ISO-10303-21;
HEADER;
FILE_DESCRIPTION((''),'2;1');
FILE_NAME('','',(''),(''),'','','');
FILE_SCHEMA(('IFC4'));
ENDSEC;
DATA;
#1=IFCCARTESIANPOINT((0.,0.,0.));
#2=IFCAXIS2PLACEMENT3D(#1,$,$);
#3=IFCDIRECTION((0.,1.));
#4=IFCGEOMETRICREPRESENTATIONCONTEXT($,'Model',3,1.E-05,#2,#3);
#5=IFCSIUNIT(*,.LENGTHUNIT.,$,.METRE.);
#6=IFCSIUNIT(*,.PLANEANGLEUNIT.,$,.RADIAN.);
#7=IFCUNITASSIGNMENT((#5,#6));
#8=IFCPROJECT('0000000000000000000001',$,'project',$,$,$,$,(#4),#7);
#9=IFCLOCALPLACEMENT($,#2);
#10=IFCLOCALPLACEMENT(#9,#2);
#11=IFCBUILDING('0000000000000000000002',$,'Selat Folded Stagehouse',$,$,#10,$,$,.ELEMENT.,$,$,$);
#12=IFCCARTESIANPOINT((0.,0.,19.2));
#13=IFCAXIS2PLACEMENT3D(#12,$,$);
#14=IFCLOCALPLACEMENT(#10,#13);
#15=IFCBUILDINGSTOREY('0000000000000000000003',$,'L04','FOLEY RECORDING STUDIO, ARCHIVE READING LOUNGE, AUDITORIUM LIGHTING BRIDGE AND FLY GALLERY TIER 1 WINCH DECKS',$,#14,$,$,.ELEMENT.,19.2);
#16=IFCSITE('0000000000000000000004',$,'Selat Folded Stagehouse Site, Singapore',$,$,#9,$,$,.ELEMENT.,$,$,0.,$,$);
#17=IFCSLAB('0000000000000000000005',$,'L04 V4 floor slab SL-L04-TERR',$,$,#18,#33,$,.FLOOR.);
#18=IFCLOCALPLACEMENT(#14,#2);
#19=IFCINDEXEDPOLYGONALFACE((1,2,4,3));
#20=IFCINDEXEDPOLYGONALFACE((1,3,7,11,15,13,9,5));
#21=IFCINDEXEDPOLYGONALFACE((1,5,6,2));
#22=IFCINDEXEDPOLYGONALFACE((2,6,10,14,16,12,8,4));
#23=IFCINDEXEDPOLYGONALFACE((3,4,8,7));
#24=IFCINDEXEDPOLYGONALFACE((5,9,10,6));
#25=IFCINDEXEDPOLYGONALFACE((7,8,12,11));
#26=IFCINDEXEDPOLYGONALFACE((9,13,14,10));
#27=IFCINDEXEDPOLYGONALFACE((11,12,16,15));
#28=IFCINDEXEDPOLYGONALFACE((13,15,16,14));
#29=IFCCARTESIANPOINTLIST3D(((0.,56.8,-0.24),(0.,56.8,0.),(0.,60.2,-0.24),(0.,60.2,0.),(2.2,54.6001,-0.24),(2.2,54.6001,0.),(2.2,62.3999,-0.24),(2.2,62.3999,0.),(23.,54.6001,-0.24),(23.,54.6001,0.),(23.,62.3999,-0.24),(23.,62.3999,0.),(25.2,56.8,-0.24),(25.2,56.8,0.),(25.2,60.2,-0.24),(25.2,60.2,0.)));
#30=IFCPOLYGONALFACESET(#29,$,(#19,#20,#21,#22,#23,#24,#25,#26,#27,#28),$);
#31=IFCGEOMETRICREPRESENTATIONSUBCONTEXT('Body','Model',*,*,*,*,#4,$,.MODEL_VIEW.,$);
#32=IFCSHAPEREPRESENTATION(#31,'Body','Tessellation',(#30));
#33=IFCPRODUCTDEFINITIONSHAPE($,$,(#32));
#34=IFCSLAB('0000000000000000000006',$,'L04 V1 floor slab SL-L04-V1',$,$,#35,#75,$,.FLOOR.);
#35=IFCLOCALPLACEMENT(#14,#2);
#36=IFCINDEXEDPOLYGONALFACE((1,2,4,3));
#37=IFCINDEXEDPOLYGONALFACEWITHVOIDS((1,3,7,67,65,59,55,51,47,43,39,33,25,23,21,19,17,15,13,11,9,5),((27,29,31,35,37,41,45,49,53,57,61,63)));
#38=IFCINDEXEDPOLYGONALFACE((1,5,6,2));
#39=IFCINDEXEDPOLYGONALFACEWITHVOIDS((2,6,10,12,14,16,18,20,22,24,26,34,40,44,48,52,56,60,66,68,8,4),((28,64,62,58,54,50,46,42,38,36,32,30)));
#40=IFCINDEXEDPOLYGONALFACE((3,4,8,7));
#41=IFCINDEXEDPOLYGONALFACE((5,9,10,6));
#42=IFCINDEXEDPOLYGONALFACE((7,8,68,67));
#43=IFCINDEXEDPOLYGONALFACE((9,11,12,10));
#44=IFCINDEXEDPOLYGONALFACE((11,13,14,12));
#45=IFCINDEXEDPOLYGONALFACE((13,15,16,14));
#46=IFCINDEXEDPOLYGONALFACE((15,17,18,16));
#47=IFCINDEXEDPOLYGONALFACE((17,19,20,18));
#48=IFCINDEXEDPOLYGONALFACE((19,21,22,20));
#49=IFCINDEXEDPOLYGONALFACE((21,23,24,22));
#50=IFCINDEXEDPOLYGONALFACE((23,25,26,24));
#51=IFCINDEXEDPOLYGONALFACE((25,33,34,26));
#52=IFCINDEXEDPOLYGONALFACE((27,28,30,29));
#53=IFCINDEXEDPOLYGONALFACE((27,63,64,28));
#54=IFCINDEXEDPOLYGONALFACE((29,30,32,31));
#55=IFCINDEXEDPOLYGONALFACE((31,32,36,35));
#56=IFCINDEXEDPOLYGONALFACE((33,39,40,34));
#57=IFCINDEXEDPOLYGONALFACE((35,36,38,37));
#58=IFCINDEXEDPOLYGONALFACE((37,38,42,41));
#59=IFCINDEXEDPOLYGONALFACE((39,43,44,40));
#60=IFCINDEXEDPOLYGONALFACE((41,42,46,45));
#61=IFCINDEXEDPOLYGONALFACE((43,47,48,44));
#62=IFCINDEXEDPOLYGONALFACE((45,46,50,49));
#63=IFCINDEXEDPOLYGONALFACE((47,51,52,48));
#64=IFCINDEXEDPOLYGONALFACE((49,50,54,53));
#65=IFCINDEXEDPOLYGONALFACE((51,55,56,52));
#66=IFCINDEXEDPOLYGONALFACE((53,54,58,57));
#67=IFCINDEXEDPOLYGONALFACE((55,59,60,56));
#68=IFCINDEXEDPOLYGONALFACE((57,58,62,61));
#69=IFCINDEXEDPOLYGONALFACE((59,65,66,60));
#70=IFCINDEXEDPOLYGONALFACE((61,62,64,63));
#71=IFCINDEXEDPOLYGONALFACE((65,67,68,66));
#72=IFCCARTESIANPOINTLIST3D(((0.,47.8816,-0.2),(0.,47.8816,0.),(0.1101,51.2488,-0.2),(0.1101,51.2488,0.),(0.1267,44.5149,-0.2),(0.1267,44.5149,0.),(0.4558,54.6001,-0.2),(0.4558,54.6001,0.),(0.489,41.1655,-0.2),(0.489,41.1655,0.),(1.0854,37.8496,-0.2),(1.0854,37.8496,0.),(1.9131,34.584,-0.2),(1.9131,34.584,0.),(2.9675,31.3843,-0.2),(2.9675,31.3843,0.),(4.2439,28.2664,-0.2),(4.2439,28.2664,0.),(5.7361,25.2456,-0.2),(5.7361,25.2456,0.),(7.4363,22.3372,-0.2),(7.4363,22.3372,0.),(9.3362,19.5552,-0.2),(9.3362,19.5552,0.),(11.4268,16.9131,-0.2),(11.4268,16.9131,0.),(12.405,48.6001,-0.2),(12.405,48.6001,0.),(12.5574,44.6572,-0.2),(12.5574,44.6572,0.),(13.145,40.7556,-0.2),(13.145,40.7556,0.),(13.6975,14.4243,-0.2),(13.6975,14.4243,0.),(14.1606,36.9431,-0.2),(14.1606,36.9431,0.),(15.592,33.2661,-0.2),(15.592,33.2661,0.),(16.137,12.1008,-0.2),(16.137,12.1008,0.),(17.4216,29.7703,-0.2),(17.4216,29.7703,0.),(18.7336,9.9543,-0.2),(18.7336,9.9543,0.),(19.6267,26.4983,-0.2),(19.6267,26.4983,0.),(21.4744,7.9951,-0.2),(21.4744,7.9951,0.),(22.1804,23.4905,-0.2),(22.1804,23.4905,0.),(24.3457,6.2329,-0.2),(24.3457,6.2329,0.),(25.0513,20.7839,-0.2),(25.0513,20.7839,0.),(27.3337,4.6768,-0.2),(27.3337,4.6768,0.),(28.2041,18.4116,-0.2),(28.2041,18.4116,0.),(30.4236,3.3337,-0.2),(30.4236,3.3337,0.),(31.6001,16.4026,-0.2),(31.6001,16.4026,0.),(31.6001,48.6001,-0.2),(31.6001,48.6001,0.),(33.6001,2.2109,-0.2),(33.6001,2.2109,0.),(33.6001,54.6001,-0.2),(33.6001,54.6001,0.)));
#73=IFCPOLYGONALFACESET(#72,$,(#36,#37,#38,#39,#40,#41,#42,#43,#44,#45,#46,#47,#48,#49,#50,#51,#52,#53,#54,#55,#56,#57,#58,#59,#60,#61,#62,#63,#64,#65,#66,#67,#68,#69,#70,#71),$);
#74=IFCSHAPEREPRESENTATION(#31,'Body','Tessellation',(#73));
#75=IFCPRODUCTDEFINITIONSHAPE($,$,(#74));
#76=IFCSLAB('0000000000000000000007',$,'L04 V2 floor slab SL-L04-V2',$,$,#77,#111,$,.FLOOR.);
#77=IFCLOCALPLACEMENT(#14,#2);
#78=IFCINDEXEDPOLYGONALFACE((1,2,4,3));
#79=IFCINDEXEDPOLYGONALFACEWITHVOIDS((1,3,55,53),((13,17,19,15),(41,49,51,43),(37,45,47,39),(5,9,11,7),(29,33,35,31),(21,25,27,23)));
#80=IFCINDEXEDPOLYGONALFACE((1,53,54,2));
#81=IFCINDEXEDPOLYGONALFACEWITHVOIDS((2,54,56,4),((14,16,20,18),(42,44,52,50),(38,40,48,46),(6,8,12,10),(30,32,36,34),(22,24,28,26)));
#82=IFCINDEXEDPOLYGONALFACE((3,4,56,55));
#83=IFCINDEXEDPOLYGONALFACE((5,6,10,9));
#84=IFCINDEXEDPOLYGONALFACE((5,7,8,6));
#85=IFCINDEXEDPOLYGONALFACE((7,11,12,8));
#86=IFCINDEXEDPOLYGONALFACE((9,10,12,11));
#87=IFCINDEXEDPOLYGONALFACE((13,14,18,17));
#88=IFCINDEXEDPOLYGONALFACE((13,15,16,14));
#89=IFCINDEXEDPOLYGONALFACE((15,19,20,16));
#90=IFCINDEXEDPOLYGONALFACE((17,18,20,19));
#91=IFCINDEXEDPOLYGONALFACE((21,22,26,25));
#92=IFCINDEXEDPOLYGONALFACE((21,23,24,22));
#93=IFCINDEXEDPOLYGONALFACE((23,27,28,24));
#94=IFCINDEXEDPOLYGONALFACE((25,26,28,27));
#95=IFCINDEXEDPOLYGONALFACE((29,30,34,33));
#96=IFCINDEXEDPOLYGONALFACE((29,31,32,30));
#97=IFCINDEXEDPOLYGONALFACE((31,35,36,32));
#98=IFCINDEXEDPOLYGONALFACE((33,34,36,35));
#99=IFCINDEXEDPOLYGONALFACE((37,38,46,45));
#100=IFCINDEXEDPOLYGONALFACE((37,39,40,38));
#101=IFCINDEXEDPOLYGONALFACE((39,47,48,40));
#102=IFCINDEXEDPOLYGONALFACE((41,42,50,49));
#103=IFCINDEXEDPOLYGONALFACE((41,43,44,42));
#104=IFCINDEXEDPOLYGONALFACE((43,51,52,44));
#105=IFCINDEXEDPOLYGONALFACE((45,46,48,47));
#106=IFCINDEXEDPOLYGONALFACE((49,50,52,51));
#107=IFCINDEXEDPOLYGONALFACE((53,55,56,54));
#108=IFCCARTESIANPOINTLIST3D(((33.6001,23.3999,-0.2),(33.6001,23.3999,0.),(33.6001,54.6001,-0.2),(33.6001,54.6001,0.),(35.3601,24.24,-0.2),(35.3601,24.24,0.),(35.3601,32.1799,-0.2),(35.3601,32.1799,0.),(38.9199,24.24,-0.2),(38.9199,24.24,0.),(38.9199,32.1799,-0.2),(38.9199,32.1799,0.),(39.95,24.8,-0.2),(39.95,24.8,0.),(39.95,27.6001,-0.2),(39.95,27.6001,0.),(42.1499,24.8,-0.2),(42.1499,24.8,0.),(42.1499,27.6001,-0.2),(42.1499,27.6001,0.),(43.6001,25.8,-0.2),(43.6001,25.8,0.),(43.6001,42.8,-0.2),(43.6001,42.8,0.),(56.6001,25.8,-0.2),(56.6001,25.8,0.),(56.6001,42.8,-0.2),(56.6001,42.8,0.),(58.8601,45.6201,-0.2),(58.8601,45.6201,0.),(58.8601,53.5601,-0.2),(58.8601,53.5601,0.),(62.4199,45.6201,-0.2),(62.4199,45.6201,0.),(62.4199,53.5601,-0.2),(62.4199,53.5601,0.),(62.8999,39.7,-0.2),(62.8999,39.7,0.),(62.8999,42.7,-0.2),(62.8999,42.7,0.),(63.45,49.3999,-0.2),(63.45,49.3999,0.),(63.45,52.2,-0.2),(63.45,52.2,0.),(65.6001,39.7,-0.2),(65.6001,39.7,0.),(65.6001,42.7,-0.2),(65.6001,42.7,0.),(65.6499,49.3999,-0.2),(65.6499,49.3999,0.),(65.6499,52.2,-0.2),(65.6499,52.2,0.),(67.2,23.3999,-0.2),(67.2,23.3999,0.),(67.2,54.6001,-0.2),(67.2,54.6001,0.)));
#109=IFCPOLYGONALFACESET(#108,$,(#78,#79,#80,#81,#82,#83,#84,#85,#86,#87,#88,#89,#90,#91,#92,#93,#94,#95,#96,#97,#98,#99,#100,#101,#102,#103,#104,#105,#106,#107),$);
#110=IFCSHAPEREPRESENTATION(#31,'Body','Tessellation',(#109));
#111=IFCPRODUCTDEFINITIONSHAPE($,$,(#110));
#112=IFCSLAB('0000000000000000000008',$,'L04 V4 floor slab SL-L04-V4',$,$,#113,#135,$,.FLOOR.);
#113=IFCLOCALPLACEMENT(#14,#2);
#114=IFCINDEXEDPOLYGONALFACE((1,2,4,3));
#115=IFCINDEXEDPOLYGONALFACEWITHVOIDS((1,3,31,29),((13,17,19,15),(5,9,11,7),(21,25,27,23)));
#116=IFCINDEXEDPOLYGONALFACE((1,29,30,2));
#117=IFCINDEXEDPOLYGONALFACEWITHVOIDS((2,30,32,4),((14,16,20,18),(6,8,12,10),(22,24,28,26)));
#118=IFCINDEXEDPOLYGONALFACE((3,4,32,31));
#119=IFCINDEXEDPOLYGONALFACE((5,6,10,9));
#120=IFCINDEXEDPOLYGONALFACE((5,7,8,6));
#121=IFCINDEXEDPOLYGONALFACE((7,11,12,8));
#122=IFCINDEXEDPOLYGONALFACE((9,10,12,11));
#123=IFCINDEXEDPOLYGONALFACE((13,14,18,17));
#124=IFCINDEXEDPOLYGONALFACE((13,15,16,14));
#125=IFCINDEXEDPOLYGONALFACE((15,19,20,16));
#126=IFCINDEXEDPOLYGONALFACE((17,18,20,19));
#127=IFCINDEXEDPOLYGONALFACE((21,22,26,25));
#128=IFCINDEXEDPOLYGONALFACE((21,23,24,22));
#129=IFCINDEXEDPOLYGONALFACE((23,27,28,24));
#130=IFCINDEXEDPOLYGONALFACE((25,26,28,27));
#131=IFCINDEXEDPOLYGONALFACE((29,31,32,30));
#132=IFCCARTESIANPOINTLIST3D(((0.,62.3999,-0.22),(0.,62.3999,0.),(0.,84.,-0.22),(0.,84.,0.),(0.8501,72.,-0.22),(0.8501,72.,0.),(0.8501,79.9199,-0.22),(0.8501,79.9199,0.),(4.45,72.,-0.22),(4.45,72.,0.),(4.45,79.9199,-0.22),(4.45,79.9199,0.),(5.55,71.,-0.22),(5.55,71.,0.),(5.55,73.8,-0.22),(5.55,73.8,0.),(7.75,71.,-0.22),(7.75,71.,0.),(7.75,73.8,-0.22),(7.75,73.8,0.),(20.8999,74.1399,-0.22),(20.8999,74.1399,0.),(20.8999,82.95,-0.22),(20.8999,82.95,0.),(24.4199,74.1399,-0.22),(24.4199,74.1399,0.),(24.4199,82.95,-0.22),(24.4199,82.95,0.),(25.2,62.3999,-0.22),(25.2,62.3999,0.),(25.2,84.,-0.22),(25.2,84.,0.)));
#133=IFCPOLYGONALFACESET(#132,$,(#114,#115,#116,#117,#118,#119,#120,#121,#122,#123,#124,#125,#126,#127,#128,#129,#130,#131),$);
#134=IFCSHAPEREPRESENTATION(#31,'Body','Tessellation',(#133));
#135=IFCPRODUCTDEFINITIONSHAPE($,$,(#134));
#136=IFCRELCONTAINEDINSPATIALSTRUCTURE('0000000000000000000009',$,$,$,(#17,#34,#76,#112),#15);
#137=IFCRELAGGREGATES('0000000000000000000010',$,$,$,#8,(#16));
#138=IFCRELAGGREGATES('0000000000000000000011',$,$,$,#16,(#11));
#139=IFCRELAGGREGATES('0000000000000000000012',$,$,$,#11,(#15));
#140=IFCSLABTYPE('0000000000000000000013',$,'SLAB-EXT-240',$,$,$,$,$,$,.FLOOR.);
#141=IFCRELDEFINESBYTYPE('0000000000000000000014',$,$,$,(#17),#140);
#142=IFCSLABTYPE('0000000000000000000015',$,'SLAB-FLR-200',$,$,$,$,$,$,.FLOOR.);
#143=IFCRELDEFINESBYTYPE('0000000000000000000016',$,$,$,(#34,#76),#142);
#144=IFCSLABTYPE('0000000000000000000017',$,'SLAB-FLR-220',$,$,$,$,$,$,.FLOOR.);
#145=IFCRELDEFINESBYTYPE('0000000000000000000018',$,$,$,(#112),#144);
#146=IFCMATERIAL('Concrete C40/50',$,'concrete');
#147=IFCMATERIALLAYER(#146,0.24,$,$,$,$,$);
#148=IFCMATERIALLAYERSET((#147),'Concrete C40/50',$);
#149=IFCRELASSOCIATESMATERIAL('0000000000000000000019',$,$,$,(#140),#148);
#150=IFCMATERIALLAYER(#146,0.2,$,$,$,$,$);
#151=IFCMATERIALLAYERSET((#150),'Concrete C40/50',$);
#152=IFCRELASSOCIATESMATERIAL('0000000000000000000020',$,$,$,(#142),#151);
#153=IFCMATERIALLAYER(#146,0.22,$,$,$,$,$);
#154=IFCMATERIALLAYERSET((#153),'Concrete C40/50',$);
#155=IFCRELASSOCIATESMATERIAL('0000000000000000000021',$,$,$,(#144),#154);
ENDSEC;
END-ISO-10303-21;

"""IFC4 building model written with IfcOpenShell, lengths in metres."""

from ifc_helpers import new_model, si_unit, direction, frame, origin, place, context, subcontext, project, spatial, polyline, outline, extrude, material, layer, layer_set, type_object, element, save


model = new_model("IFC4")

# Units and contexts
model_context = context("Model", 3, precision=1e-05, world=origin(), true_north=direction((0.0, 1.0)))
body_context = subcontext(model_context, "Body", "Model", "MODEL_VIEW")
ifc_project = project(units=[si_unit("LENGTHUNIT", "METRE"), si_unit("PLANEANGLEUNIT", "RADIAN")], contexts=[model_context])

# Site, building, storey
site_placement = place(None, origin())
site = spatial("IfcSite", under=ifc_project, at=site_placement, Name="Selat Folded Stagehouse Site, Singapore", CompositionType="ELEMENT", RefElevation=0.0)
building_placement = place(site_placement, origin())
building = spatial("IfcBuilding", under=site, at=building_placement, Name="Selat Folded Stagehouse", CompositionType="ELEMENT")
storey_placement = place(building_placement, frame((0.0, 0.0, 19.2)))
storey = spatial("IfcBuildingStorey", under=building, at=storey_placement, Name="L04", Description="FOLEY RECORDING STUDIO, ARCHIVE READING LOUNGE, AUDITORIUM LIGHTING BRIDGE AND FLY GALLERY TIER 1 WINCH DECKS", CompositionType="ELEMENT", Elevation=19.2)

# Slabs
ifc_material_1 = material(Name="Concrete C40/50", Category="concrete")
ifc_layer_1 = layer(ifc_material_1, 0.24)
ifc_layer_set_1 = layer_set([ifc_layer_1], Name="Concrete C40/50")
slab_type_1 = type_object("IfcSlabType", Name="SLAB-EXT-240", PredefinedType="FLOOR", material=ifc_layer_set_1)
slab_1_placement = place(storey_placement, frame((0.0, 0.0, -0.24)))
element("IfcSlab", 1, at=slab_1_placement, inside=storey, type_object=slab_type_1, Name="L04 V4 floor slab SL-L04-TERR", PredefinedType="FLOOR", context=body_context, shape_type="SweptSolid", body=[
    extrude(outline(polyline([(2.2, 54.6001), (23.0, 54.6001), (25.2, 56.8), (25.2, 60.2), (23.0, 62.3999), (2.2, 62.3999), (0.0, 60.2), (0.0, 56.8), (2.2, 54.6001)])), origin(), (0.0, 0.0, 1.0), 0.24),
])
ifc_layer_2 = layer(ifc_material_1, 0.2)
ifc_layer_set_2 = layer_set([ifc_layer_2], Name="Concrete C40/50")
slab_type_2 = type_object("IfcSlabType", Name="SLAB-FLR-200", PredefinedType="FLOOR", material=ifc_layer_set_2)
slab_2_placement = place(storey_placement, frame((0.0, 0.0, -0.2)))
element("IfcSlab", 2, at=slab_2_placement, inside=storey, type_object=slab_type_2, Name="L04 V1 floor slab SL-L04-V1", PredefinedType="FLOOR", context=body_context, shape_type="SweptSolid", body=[
    extrude(outline(polyline([(0.4558, 54.6001), (0.1101, 51.2488), (0.0, 47.8816), (0.1267, 44.5149), (0.489, 41.1655), (1.0854, 37.8496), (1.9131, 34.584), (2.9675, 31.3843), (4.2439, 28.2664), (5.7361, 25.2456), (7.4363, 22.3372), (9.3362, 19.5552), (11.4268, 16.9131), (13.6975, 14.4243), (16.137, 12.1008), (18.7336, 9.9543), (21.4744, 7.9951), (24.3457, 6.2329), (27.3337, 4.6768), (30.4236, 3.3337), (33.6001, 2.2109), (33.6001, 54.6001), (0.4558, 54.6001)]), holes=[polyline([(31.6001, 48.6001), (31.6001, 16.4026), (28.2041, 18.4116), (25.0513, 20.7839), (22.1804, 23.4905), (19.6267, 26.4983), (17.4216, 29.7703), (15.592, 33.2661), (14.1606, 36.9431), (13.145, 40.7556), (12.5574, 44.6572), (12.405, 48.6001), (31.6001, 48.6001)])]), origin(), (0.0, 0.0, 1.0), 0.2),
])
slab_3_placement = place(storey_placement, frame((0.0, 0.0, -0.2)))
element("IfcSlab", 3, at=slab_3_placement, inside=storey, type_object=slab_type_2, Name="L04 V2 floor slab SL-L04-V2", PredefinedType="FLOOR", context=body_context, shape_type="SweptSolid", body=[
    extrude(outline(polyline([(33.6001, 23.3999), (67.2, 23.3999), (67.2, 54.6001), (33.6001, 54.6001), (33.6001, 23.3999)]), holes=[polyline([(39.95, 24.8), (39.95, 27.6001), (42.1499, 27.6001), (42.1499, 24.8), (39.95, 24.8)]), polyline([(35.3601, 32.1799), (38.9199, 32.1799), (38.9199, 24.24), (35.3601, 24.24), (35.3601, 32.1799)]), polyline([(43.6001, 25.8), (43.6001, 42.8), (56.6001, 42.8), (56.6001, 25.8), (43.6001, 25.8)]), polyline([(62.8999, 39.7), (62.8999, 42.7), (65.6001, 42.7), (65.6001, 39.7), (62.8999, 39.7)]), polyline([(58.8601, 53.5601), (62.4199, 53.5601), (62.4199, 45.6201), (58.8601, 45.6201), (58.8601, 53.5601)]), polyline([(63.45, 52.2), (65.6499, 52.2), (65.6499, 49.3999), (63.45, 49.3999), (63.45, 52.2)])]), origin(), (0.0, 0.0, 1.0), 0.2),
])
ifc_layer_3 = layer(ifc_material_1, 0.22)
ifc_layer_set_3 = layer_set([ifc_layer_3], Name="Concrete C40/50")
slab_type_3 = type_object("IfcSlabType", Name="SLAB-FLR-220", PredefinedType="FLOOR", material=ifc_layer_set_3)
slab_4_placement = place(storey_placement, frame((0.0, 0.0, -0.22)))
element("IfcSlab", 4, at=slab_4_placement, inside=storey, type_object=slab_type_3, Name="L04 V4 floor slab SL-L04-V4", PredefinedType="FLOOR", context=body_context, shape_type="SweptSolid", body=[
    extrude(outline(polyline([(0.0, 62.3999), (25.2, 62.3999), (25.2, 84.0), (0.0, 84.0), (0.0, 62.3999)]), holes=[polyline([(7.75, 71.0), (5.55, 71.0), (5.55, 73.8), (7.75, 73.8), (7.75, 71.0)]), polyline([(0.8501, 72.0), (0.8501, 79.9199), (4.45, 79.9199), (4.45, 72.0), (0.8501, 72.0)]), polyline([(20.8999, 74.1399), (20.8999, 82.95), (24.4199, 82.95), (24.4199, 74.1399), (20.8999, 74.1399)])]), origin(), (0.0, 0.0, 1.0), 0.22),
])

save(model, "model.ifc")
